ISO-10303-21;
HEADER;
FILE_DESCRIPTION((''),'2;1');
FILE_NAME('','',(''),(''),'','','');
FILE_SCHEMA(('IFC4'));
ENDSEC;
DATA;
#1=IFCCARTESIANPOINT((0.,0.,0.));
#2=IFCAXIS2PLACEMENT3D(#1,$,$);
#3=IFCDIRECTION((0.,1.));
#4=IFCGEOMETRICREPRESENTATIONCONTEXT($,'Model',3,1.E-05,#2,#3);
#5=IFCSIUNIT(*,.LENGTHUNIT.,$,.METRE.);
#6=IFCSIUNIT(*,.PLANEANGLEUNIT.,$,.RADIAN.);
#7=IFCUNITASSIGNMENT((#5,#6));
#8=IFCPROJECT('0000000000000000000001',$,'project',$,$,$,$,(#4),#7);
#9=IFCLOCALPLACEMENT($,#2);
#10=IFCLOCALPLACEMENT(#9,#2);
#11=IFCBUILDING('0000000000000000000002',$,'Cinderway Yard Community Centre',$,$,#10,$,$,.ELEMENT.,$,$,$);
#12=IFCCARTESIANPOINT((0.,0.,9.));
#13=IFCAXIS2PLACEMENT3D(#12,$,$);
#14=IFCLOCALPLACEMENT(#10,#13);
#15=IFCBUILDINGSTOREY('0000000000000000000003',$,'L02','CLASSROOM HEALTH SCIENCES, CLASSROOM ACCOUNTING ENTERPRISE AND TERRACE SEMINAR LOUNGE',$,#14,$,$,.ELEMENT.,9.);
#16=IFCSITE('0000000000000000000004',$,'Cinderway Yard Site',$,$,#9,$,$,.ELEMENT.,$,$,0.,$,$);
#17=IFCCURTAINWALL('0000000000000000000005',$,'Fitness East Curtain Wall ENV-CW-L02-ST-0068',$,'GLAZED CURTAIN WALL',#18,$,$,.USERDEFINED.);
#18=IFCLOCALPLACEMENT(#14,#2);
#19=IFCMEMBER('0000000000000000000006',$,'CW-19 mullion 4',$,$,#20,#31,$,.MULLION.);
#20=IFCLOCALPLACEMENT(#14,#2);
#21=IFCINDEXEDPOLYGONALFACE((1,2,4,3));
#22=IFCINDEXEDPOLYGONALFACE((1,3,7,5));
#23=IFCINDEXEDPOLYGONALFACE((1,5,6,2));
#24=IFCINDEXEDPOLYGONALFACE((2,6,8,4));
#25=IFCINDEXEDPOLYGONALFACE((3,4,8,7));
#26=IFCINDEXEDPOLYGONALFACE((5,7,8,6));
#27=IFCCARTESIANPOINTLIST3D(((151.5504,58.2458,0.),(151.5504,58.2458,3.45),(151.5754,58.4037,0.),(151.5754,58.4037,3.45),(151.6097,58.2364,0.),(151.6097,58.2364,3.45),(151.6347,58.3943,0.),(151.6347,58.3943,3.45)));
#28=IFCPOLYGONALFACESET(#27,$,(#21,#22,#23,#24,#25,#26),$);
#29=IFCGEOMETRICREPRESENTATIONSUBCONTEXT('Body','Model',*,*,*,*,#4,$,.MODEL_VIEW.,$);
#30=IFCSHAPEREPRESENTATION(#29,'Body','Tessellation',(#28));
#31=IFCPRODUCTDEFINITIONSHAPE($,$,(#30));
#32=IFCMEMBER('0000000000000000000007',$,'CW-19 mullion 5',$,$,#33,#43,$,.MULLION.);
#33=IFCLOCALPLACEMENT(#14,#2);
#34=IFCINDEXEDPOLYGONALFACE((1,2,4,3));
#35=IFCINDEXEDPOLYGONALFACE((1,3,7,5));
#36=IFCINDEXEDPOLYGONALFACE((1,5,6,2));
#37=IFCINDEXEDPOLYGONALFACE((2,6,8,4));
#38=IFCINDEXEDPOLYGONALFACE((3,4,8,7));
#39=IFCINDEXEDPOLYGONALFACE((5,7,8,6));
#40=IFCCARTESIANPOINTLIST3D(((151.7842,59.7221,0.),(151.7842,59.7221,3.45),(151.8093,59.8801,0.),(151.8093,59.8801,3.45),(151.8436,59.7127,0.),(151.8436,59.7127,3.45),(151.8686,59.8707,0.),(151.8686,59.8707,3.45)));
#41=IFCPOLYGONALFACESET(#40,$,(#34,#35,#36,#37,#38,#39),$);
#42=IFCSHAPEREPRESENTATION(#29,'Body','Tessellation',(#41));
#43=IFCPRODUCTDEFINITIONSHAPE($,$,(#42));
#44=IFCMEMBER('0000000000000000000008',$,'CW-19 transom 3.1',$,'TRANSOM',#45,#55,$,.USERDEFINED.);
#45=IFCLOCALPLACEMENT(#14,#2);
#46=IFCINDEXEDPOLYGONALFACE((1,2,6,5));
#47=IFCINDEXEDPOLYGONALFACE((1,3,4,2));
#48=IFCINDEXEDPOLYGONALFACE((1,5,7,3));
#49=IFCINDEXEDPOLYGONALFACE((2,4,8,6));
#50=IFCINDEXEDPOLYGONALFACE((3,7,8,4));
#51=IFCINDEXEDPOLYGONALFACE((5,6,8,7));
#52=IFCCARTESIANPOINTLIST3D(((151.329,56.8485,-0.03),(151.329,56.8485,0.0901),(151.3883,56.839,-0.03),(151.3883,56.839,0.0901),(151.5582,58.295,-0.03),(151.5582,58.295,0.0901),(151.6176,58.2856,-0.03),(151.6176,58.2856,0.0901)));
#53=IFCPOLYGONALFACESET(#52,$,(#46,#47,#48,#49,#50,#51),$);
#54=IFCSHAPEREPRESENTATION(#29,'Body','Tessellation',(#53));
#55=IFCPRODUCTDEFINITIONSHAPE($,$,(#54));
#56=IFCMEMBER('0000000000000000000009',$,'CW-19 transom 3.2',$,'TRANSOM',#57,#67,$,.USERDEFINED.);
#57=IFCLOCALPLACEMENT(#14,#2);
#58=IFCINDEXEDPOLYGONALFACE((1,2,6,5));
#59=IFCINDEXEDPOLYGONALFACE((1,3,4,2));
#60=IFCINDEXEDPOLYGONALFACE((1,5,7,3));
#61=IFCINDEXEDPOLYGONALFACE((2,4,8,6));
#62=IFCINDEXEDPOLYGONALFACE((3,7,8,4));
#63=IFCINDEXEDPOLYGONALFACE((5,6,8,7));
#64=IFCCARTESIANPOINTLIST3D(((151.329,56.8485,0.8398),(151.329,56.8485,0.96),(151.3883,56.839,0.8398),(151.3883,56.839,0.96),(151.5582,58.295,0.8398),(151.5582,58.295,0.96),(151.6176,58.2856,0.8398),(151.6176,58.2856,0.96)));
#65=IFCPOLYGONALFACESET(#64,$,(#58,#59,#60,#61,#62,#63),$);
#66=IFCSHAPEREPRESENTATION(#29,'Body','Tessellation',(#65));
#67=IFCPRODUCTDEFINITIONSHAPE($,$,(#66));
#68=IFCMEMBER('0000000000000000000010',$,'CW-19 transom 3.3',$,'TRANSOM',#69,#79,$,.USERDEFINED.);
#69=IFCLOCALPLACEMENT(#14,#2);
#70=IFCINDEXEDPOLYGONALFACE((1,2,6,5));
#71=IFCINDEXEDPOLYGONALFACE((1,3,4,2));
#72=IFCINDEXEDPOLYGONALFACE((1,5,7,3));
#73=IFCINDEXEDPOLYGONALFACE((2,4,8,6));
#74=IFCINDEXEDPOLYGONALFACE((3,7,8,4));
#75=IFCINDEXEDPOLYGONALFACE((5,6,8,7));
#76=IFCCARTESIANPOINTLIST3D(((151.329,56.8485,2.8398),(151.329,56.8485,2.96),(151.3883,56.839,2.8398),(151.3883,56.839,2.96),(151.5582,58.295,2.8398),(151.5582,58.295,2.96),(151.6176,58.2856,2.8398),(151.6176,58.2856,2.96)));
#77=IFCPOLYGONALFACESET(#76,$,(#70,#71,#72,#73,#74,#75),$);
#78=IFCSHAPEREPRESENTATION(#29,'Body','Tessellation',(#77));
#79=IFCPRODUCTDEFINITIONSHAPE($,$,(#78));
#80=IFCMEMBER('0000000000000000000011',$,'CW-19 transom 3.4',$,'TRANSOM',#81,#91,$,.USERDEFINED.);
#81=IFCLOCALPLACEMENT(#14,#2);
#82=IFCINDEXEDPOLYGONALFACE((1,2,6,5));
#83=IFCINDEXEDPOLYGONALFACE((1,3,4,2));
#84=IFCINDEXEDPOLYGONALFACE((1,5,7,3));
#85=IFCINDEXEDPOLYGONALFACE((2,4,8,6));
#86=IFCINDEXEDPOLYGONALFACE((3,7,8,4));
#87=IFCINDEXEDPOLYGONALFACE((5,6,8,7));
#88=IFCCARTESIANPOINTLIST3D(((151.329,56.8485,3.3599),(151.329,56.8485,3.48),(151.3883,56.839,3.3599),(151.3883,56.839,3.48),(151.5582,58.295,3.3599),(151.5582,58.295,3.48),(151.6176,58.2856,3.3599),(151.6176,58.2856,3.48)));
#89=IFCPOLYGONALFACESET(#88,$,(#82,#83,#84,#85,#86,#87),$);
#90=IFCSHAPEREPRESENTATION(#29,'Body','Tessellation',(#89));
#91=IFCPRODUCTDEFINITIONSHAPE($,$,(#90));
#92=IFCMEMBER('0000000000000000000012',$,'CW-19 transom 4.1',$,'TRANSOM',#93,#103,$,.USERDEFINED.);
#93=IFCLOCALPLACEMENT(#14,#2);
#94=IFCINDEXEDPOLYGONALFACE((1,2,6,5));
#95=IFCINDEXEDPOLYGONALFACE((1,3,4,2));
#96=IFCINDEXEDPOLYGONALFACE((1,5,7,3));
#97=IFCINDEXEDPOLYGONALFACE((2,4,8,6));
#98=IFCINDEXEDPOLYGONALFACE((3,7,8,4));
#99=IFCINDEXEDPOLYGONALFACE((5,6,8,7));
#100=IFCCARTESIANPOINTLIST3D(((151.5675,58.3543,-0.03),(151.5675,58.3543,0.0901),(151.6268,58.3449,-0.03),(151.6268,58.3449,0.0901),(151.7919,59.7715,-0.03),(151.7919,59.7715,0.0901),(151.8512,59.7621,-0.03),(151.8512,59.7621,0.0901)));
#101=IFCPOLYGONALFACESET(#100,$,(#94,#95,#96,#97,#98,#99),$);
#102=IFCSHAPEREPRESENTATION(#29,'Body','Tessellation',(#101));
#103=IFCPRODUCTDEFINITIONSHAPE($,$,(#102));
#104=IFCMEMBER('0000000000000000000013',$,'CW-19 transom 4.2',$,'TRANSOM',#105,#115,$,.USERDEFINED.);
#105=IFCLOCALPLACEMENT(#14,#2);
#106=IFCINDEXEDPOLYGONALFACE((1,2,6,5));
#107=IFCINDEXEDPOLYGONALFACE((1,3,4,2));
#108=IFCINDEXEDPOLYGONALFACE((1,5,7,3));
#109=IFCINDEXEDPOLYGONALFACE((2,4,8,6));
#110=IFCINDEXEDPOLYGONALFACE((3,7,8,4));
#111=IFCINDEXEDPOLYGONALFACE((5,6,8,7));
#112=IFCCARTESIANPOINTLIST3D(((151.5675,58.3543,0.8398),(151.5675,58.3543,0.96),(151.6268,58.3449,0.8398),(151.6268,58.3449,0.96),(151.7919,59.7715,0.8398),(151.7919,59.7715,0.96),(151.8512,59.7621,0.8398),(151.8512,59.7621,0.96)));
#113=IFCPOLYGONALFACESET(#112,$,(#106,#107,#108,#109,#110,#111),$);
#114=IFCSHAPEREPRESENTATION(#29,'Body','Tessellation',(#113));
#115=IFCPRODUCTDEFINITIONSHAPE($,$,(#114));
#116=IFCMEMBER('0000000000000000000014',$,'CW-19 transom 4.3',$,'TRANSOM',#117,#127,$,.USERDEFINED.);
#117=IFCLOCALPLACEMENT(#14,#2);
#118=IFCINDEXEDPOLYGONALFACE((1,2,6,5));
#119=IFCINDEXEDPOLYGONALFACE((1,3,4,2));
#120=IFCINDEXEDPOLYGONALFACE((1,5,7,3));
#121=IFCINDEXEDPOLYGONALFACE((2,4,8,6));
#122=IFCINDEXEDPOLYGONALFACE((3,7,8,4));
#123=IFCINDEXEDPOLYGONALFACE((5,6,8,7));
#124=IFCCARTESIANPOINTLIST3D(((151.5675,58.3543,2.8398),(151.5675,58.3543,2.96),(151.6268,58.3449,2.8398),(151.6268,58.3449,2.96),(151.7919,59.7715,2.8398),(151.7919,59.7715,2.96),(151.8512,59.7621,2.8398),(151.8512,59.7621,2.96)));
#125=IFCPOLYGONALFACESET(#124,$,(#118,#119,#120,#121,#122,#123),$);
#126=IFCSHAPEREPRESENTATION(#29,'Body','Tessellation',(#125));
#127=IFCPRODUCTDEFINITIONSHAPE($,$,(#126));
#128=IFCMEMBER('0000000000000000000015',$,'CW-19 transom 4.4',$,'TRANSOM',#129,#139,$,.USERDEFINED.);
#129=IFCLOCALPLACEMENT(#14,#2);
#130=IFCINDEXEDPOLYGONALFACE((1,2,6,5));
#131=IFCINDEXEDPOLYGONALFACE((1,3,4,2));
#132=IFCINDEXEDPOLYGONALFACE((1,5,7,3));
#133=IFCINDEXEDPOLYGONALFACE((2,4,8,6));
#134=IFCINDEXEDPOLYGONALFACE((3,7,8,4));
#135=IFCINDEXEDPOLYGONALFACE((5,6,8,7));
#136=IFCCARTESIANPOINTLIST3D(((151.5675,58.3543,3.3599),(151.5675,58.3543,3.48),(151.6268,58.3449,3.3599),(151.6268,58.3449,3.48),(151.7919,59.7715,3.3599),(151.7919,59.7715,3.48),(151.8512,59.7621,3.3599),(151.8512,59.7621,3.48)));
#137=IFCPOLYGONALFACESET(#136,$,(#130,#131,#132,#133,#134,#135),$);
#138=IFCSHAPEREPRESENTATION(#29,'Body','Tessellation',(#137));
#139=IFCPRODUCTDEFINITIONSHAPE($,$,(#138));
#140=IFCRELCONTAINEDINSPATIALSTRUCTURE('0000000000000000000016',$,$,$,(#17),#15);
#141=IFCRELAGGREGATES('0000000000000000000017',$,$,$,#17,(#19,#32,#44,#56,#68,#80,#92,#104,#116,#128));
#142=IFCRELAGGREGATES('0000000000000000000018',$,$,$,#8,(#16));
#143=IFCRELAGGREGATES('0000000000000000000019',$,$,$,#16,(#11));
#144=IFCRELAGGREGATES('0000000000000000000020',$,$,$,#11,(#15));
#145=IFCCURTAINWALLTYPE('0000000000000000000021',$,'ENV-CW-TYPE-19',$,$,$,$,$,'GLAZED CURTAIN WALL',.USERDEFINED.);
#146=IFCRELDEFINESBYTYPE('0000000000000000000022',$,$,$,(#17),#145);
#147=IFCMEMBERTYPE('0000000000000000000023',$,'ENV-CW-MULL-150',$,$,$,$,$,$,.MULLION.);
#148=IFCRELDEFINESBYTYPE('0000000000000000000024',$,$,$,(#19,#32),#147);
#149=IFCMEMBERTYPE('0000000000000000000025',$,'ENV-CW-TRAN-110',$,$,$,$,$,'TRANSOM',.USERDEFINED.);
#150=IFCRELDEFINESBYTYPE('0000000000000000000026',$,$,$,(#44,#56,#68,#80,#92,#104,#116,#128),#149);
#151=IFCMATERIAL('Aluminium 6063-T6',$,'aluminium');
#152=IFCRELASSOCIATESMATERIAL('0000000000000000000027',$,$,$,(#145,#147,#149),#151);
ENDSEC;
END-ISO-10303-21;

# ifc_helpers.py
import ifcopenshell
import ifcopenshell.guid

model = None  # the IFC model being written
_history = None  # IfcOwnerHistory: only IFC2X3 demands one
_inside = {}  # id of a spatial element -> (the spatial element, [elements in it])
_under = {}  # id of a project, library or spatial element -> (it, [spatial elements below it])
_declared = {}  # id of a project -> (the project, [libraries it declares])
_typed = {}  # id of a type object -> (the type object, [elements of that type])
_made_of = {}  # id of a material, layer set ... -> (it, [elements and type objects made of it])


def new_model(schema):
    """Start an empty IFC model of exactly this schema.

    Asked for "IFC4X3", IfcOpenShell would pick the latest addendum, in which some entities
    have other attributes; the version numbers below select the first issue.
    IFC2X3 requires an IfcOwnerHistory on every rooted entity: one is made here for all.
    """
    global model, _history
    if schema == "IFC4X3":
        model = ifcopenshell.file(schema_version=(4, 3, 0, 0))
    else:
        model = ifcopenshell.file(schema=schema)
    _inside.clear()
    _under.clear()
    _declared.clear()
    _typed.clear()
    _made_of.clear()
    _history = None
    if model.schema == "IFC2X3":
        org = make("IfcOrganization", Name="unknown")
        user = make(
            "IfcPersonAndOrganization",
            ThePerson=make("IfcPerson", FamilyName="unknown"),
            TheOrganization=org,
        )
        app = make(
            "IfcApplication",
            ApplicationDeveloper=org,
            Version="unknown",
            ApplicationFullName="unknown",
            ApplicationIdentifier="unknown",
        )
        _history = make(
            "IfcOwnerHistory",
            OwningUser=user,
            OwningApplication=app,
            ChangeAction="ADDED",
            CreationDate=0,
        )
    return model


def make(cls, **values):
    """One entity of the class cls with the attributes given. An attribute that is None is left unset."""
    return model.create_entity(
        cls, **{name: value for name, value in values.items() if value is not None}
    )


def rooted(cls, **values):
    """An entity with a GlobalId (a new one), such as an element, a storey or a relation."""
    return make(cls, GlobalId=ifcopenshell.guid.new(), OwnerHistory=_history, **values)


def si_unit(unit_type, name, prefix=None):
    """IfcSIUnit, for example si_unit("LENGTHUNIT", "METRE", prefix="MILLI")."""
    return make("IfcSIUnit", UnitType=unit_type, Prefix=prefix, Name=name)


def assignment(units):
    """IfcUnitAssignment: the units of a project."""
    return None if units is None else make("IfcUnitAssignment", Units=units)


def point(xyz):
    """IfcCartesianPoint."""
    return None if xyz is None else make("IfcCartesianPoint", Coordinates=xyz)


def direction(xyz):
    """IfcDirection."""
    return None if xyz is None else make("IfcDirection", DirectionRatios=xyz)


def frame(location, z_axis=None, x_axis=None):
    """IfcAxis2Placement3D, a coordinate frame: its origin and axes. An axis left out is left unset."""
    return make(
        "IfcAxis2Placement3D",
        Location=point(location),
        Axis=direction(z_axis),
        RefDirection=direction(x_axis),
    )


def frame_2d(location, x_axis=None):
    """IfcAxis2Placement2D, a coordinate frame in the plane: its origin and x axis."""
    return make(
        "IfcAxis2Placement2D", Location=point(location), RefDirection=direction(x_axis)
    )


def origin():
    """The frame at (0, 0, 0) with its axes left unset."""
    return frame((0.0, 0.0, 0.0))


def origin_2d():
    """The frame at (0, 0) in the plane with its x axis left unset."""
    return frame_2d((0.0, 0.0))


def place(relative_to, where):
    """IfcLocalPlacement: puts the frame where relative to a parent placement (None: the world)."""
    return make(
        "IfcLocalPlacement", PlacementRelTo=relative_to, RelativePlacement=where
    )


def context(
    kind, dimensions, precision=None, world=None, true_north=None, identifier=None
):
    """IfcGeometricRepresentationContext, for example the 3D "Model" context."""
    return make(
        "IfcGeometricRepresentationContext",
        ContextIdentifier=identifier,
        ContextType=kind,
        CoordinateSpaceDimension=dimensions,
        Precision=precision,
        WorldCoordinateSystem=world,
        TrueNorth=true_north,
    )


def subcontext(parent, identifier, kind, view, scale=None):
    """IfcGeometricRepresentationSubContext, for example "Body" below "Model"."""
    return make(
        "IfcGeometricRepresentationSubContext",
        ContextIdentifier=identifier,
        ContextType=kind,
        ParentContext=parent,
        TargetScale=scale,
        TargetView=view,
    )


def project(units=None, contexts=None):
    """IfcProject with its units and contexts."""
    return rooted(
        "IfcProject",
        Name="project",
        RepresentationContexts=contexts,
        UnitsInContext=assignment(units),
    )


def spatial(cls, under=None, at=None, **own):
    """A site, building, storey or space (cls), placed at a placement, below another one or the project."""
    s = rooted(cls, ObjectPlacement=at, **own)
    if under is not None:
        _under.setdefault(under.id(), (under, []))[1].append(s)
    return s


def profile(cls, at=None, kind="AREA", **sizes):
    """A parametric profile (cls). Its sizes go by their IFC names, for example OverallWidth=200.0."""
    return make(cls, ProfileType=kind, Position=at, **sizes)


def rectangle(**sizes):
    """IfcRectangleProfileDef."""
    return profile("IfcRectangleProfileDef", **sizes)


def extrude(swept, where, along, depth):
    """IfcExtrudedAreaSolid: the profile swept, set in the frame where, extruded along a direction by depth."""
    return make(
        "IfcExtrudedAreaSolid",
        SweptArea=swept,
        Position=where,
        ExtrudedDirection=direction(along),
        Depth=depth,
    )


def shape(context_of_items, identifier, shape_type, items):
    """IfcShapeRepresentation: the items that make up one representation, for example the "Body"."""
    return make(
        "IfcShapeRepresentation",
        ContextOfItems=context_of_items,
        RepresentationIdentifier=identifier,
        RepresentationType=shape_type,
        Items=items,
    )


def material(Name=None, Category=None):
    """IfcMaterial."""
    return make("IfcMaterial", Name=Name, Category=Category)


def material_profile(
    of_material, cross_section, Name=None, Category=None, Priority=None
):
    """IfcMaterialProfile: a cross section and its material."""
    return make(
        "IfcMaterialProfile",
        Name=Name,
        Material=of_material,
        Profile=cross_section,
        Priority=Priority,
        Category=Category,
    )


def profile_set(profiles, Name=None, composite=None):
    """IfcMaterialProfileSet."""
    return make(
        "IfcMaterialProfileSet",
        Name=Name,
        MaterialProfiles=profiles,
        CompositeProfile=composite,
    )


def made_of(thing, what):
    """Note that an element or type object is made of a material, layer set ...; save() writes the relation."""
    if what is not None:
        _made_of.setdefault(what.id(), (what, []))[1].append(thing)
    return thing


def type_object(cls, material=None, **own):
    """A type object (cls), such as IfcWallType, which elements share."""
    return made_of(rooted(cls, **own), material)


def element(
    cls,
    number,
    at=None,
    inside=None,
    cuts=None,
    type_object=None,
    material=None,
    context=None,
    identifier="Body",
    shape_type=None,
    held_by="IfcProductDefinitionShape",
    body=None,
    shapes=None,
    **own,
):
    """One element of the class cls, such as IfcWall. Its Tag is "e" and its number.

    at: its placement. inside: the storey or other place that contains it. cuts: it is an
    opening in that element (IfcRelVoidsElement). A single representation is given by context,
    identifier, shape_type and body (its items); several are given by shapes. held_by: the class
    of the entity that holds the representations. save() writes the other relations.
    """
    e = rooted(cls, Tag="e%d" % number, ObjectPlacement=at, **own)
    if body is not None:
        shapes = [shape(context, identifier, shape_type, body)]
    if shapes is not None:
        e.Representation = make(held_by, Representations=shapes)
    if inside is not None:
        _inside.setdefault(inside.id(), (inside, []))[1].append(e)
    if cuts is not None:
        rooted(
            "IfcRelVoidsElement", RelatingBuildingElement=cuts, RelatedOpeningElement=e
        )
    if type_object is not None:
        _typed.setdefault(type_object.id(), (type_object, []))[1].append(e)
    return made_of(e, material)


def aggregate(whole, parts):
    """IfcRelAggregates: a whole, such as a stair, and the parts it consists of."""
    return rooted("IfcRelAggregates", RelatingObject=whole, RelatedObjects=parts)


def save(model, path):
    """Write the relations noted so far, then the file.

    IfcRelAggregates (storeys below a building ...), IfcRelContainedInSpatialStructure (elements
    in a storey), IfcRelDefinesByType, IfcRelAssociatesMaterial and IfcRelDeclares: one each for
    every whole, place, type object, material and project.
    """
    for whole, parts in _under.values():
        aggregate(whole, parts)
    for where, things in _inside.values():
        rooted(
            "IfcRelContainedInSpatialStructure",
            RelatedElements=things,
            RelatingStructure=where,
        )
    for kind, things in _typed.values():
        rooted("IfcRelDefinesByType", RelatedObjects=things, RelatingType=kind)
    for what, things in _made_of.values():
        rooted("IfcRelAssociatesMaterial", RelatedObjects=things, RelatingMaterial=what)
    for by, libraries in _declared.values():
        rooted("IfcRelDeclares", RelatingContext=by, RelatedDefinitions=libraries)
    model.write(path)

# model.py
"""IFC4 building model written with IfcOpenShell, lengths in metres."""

from ifc_helpers import new_model, si_unit, direction, frame, origin, origin_2d, place, context, subcontext, project, spatial, rectangle, extrude, material, material_profile, profile_set, type_object, element, aggregate, save


model = new_model("IFC4")

# Units and contexts
model_context = context("Model", 3, precision=1e-05, world=origin(), true_north=direction((0.0, 1.0)))
body_context = subcontext(model_context, "Body", "Model", "MODEL_VIEW")
ifc_project = project(units=[si_unit("LENGTHUNIT", "METRE"), si_unit("PLANEANGLEUNIT", "RADIAN")], contexts=[model_context])

# Site, building, storey
site_placement = place(None, origin())
site = spatial("IfcSite", under=ifc_project, at=site_placement, Name="Cinderway Yard Site", CompositionType="ELEMENT", RefElevation=0.0)
building_placement = place(site_placement, origin())
building = spatial("IfcBuilding", under=site, at=building_placement, Name="Cinderway Yard Community Centre", CompositionType="ELEMENT")
storey_placement = place(building_placement, frame((0.0, 0.0, 9.0)))
storey = spatial("IfcBuildingStorey", under=building, at=storey_placement, Name="L02", Description="CLASSROOM HEALTH SCIENCES, CLASSROOM ACCOUNTING ENTERPRISE AND TERRACE SEMINAR LOUNGE", CompositionType="ELEMENT", Elevation=9.0)

# Curtain wall, members
ifc_material_1 = material(Name="Aluminium 6063-T6", Category="aluminium")
curtain_wall_type = type_object("IfcCurtainWallType", Name="ENV-CW-TYPE-19", ElementType="GLAZED CURTAIN WALL", PredefinedType="USERDEFINED", material=ifc_material_1)
curtain_wall_placement = place(storey_placement, origin())
curtain_wall = element("IfcCurtainWall", 1, at=curtain_wall_placement, inside=storey, type_object=curtain_wall_type, Name="Fitness East Curtain Wall ENV-CW-L02-ST-0068", ObjectType="GLAZED CURTAIN WALL", PredefinedType="USERDEFINED")
ifc_material_profile_1 = material_profile(ifc_material_1, rectangle(XDim=0.0601, YDim=0.1599, at=origin_2d()), Name="Aluminium 6063-T6")
ifc_profile_set_1 = profile_set([ifc_material_profile_1], Name="Aluminium 6063-T6")
member_type_1 = type_object("IfcMemberType", Name="ENV-CW-MULL-150", PredefinedType="MULLION", material=ifc_profile_set_1)
member_1_placement = place(storey_placement, frame((151.5925, 58.3201, 0.0), z_axis=(0.0, 0.0, 1.0), x_axis=(-0.987691, 0.156417, 0.0)))
member_1 = element("IfcMember", 2, at=member_1_placement, type_object=member_type_1, Name="CW-19 mullion 4", PredefinedType="MULLION", context=body_context, shape_type="SweptSolid", body=[
    extrude(rectangle(XDim=0.0601, YDim=0.1599, at=origin_2d()), origin(), (0.0, 0.0, 1.0), 3.45),
])
member_2_placement = place(storey_placement, frame((151.8264, 59.7964, 0.0), z_axis=(0.0, 0.0, 1.0), x_axis=(-0.987691, 0.156417, 0.0)))
member_2 = element("IfcMember", 3, at=member_2_placement, type_object=member_type_1, Name="CW-19 mullion 5", PredefinedType="MULLION", context=body_context, shape_type="SweptSolid", body=[
    extrude(rectangle(XDim=0.0601, YDim=0.1599, at=origin_2d()), origin(), (0.0, 0.0, 1.0), 3.45),
])
ifc_material_profile_2 = material_profile(ifc_material_1, rectangle(XDim=0.0601, YDim=0.1201, at=origin_2d()), Name="Aluminium 6063-T6")
ifc_profile_set_2 = profile_set([ifc_material_profile_2], Name="Aluminium 6063-T6")
member_type_2 = type_object("IfcMemberType", Name="ENV-CW-TRAN-110", ElementType="TRANSOM", PredefinedType="USERDEFINED", material=ifc_profile_set_2)
member_3_placement = place(storey_placement, frame((151.3586, 56.8438, 0.03), z_axis=(0.156528, 0.987674, 0.0), x_axis=(-0.987674, 0.156528, 0.0)))
member_3 = element("IfcMember", 4, at=member_3_placement, type_object=member_type_2, Name="CW-19 transom 3.1", ObjectType="TRANSOM", PredefinedType="USERDEFINED", context=body_context, shape_type="SweptSolid", body=[
    extrude(rectangle(XDim=0.0601, YDim=0.1201, at=origin_2d()), origin(), (0.0, 0.0, 1.0), 1.4646),
])
member_4_placement = place(storey_placement, frame((151.3586, 56.8438, 0.8999), z_axis=(0.156528, 0.987674, 0.0), x_axis=(-0.987674, 0.156528, 0.0)))
member_4 = element("IfcMember", 5, at=member_4_placement, type_object=member_type_2, Name="CW-19 transom 3.2", ObjectType="TRANSOM", PredefinedType="USERDEFINED", context=body_context, shape_type="SweptSolid", body=[
    extrude(rectangle(XDim=0.0601, YDim=0.1201, at=origin_2d()), origin(), (0.0, 0.0, 1.0), 1.4646),
])
member_5_placement = place(storey_placement, frame((151.3586, 56.8438, 2.8999), z_axis=(0.156528, 0.987674, 0.0), x_axis=(-0.987674, 0.156528, 0.0)))
member_5 = element("IfcMember", 6, at=member_5_placement, type_object=member_type_2, Name="CW-19 transom 3.3", ObjectType="TRANSOM", PredefinedType="USERDEFINED", context=body_context, shape_type="SweptSolid", body=[
    extrude(rectangle(XDim=0.0601, YDim=0.1201, at=origin_2d()), origin(), (0.0, 0.0, 1.0), 1.4646),
])
member_6_placement = place(storey_placement, frame((151.3586, 56.8438, 3.4199), z_axis=(0.156528, 0.987674, 0.0), x_axis=(-0.987674, 0.156528, 0.0)))
member_6 = element("IfcMember", 7, at=member_6_placement, type_object=member_type_2, Name="CW-19 transom 3.4", ObjectType="TRANSOM", PredefinedType="USERDEFINED", context=body_context, shape_type="SweptSolid", body=[
    extrude(rectangle(XDim=0.0601, YDim=0.1201, at=origin_2d()), origin(), (0.0, 0.0, 1.0), 1.4646),
])
member_7_placement = place(storey_placement, frame((151.5972, 58.3496, 0.03), z_axis=(0.156364, 0.987699, 0.0), x_axis=(-0.987699, 0.156364, 0.0)))
member_7 = element("IfcMember", 8, at=member_7_placement, type_object=member_type_2, Name="CW-19 transom 4.1", ObjectType="TRANSOM", PredefinedType="USERDEFINED", context=body_context, shape_type="SweptSolid", body=[
    extrude(rectangle(XDim=0.0601, YDim=0.1201, at=origin_2d()), origin(), (0.0, 0.0, 1.0), 1.4348),
])
member_8_placement = place(storey_placement, frame((151.5972, 58.3496, 0.8999), z_axis=(0.156364, 0.987699, 0.0), x_axis=(-0.987699, 0.156364, 0.0)))
member_8 = element("IfcMember", 9, at=member_8_placement, type_object=member_type_2, Name="CW-19 transom 4.2", ObjectType="TRANSOM", PredefinedType="USERDEFINED", context=body_context, shape_type="SweptSolid", body=[
    extrude(rectangle(XDim=0.0601, YDim=0.1201, at=origin_2d()), origin(), (0.0, 0.0, 1.0), 1.4348),
])
member_9_placement = place(storey_placement, frame((151.5972, 58.3496, 2.8999), z_axis=(0.156364, 0.987699, 0.0), x_axis=(-0.987699, 0.156364, 0.0)))
member_9 = element("IfcMember", 10, at=member_9_placement, type_object=member_type_2, Name="CW-19 transom 4.3", ObjectType="TRANSOM", PredefinedType="USERDEFINED", context=body_context, shape_type="SweptSolid", body=[
    extrude(rectangle(XDim=0.0601, YDim=0.1201, at=origin_2d()), origin(), (0.0, 0.0, 1.0), 1.4348),
])
member_10_placement = place(storey_placement, frame((151.5972, 58.3496, 3.4199), z_axis=(0.156364, 0.987699, 0.0), x_axis=(-0.987699, 0.156364, 0.0)))
member_10 = element("IfcMember", 11, at=member_10_placement, type_object=member_type_2, Name="CW-19 transom 4.4", ObjectType="TRANSOM", PredefinedType="USERDEFINED", context=body_context, shape_type="SweptSolid", body=[
    extrude(rectangle(XDim=0.0601, YDim=0.1201, at=origin_2d()), origin(), (0.0, 0.0, 1.0), 1.4348),
])

aggregate(curtain_wall, [member_1, member_2, member_3, member_4, member_5, member_6, member_7, member_8, member_9, member_10])

save(model, "model.ifc")
